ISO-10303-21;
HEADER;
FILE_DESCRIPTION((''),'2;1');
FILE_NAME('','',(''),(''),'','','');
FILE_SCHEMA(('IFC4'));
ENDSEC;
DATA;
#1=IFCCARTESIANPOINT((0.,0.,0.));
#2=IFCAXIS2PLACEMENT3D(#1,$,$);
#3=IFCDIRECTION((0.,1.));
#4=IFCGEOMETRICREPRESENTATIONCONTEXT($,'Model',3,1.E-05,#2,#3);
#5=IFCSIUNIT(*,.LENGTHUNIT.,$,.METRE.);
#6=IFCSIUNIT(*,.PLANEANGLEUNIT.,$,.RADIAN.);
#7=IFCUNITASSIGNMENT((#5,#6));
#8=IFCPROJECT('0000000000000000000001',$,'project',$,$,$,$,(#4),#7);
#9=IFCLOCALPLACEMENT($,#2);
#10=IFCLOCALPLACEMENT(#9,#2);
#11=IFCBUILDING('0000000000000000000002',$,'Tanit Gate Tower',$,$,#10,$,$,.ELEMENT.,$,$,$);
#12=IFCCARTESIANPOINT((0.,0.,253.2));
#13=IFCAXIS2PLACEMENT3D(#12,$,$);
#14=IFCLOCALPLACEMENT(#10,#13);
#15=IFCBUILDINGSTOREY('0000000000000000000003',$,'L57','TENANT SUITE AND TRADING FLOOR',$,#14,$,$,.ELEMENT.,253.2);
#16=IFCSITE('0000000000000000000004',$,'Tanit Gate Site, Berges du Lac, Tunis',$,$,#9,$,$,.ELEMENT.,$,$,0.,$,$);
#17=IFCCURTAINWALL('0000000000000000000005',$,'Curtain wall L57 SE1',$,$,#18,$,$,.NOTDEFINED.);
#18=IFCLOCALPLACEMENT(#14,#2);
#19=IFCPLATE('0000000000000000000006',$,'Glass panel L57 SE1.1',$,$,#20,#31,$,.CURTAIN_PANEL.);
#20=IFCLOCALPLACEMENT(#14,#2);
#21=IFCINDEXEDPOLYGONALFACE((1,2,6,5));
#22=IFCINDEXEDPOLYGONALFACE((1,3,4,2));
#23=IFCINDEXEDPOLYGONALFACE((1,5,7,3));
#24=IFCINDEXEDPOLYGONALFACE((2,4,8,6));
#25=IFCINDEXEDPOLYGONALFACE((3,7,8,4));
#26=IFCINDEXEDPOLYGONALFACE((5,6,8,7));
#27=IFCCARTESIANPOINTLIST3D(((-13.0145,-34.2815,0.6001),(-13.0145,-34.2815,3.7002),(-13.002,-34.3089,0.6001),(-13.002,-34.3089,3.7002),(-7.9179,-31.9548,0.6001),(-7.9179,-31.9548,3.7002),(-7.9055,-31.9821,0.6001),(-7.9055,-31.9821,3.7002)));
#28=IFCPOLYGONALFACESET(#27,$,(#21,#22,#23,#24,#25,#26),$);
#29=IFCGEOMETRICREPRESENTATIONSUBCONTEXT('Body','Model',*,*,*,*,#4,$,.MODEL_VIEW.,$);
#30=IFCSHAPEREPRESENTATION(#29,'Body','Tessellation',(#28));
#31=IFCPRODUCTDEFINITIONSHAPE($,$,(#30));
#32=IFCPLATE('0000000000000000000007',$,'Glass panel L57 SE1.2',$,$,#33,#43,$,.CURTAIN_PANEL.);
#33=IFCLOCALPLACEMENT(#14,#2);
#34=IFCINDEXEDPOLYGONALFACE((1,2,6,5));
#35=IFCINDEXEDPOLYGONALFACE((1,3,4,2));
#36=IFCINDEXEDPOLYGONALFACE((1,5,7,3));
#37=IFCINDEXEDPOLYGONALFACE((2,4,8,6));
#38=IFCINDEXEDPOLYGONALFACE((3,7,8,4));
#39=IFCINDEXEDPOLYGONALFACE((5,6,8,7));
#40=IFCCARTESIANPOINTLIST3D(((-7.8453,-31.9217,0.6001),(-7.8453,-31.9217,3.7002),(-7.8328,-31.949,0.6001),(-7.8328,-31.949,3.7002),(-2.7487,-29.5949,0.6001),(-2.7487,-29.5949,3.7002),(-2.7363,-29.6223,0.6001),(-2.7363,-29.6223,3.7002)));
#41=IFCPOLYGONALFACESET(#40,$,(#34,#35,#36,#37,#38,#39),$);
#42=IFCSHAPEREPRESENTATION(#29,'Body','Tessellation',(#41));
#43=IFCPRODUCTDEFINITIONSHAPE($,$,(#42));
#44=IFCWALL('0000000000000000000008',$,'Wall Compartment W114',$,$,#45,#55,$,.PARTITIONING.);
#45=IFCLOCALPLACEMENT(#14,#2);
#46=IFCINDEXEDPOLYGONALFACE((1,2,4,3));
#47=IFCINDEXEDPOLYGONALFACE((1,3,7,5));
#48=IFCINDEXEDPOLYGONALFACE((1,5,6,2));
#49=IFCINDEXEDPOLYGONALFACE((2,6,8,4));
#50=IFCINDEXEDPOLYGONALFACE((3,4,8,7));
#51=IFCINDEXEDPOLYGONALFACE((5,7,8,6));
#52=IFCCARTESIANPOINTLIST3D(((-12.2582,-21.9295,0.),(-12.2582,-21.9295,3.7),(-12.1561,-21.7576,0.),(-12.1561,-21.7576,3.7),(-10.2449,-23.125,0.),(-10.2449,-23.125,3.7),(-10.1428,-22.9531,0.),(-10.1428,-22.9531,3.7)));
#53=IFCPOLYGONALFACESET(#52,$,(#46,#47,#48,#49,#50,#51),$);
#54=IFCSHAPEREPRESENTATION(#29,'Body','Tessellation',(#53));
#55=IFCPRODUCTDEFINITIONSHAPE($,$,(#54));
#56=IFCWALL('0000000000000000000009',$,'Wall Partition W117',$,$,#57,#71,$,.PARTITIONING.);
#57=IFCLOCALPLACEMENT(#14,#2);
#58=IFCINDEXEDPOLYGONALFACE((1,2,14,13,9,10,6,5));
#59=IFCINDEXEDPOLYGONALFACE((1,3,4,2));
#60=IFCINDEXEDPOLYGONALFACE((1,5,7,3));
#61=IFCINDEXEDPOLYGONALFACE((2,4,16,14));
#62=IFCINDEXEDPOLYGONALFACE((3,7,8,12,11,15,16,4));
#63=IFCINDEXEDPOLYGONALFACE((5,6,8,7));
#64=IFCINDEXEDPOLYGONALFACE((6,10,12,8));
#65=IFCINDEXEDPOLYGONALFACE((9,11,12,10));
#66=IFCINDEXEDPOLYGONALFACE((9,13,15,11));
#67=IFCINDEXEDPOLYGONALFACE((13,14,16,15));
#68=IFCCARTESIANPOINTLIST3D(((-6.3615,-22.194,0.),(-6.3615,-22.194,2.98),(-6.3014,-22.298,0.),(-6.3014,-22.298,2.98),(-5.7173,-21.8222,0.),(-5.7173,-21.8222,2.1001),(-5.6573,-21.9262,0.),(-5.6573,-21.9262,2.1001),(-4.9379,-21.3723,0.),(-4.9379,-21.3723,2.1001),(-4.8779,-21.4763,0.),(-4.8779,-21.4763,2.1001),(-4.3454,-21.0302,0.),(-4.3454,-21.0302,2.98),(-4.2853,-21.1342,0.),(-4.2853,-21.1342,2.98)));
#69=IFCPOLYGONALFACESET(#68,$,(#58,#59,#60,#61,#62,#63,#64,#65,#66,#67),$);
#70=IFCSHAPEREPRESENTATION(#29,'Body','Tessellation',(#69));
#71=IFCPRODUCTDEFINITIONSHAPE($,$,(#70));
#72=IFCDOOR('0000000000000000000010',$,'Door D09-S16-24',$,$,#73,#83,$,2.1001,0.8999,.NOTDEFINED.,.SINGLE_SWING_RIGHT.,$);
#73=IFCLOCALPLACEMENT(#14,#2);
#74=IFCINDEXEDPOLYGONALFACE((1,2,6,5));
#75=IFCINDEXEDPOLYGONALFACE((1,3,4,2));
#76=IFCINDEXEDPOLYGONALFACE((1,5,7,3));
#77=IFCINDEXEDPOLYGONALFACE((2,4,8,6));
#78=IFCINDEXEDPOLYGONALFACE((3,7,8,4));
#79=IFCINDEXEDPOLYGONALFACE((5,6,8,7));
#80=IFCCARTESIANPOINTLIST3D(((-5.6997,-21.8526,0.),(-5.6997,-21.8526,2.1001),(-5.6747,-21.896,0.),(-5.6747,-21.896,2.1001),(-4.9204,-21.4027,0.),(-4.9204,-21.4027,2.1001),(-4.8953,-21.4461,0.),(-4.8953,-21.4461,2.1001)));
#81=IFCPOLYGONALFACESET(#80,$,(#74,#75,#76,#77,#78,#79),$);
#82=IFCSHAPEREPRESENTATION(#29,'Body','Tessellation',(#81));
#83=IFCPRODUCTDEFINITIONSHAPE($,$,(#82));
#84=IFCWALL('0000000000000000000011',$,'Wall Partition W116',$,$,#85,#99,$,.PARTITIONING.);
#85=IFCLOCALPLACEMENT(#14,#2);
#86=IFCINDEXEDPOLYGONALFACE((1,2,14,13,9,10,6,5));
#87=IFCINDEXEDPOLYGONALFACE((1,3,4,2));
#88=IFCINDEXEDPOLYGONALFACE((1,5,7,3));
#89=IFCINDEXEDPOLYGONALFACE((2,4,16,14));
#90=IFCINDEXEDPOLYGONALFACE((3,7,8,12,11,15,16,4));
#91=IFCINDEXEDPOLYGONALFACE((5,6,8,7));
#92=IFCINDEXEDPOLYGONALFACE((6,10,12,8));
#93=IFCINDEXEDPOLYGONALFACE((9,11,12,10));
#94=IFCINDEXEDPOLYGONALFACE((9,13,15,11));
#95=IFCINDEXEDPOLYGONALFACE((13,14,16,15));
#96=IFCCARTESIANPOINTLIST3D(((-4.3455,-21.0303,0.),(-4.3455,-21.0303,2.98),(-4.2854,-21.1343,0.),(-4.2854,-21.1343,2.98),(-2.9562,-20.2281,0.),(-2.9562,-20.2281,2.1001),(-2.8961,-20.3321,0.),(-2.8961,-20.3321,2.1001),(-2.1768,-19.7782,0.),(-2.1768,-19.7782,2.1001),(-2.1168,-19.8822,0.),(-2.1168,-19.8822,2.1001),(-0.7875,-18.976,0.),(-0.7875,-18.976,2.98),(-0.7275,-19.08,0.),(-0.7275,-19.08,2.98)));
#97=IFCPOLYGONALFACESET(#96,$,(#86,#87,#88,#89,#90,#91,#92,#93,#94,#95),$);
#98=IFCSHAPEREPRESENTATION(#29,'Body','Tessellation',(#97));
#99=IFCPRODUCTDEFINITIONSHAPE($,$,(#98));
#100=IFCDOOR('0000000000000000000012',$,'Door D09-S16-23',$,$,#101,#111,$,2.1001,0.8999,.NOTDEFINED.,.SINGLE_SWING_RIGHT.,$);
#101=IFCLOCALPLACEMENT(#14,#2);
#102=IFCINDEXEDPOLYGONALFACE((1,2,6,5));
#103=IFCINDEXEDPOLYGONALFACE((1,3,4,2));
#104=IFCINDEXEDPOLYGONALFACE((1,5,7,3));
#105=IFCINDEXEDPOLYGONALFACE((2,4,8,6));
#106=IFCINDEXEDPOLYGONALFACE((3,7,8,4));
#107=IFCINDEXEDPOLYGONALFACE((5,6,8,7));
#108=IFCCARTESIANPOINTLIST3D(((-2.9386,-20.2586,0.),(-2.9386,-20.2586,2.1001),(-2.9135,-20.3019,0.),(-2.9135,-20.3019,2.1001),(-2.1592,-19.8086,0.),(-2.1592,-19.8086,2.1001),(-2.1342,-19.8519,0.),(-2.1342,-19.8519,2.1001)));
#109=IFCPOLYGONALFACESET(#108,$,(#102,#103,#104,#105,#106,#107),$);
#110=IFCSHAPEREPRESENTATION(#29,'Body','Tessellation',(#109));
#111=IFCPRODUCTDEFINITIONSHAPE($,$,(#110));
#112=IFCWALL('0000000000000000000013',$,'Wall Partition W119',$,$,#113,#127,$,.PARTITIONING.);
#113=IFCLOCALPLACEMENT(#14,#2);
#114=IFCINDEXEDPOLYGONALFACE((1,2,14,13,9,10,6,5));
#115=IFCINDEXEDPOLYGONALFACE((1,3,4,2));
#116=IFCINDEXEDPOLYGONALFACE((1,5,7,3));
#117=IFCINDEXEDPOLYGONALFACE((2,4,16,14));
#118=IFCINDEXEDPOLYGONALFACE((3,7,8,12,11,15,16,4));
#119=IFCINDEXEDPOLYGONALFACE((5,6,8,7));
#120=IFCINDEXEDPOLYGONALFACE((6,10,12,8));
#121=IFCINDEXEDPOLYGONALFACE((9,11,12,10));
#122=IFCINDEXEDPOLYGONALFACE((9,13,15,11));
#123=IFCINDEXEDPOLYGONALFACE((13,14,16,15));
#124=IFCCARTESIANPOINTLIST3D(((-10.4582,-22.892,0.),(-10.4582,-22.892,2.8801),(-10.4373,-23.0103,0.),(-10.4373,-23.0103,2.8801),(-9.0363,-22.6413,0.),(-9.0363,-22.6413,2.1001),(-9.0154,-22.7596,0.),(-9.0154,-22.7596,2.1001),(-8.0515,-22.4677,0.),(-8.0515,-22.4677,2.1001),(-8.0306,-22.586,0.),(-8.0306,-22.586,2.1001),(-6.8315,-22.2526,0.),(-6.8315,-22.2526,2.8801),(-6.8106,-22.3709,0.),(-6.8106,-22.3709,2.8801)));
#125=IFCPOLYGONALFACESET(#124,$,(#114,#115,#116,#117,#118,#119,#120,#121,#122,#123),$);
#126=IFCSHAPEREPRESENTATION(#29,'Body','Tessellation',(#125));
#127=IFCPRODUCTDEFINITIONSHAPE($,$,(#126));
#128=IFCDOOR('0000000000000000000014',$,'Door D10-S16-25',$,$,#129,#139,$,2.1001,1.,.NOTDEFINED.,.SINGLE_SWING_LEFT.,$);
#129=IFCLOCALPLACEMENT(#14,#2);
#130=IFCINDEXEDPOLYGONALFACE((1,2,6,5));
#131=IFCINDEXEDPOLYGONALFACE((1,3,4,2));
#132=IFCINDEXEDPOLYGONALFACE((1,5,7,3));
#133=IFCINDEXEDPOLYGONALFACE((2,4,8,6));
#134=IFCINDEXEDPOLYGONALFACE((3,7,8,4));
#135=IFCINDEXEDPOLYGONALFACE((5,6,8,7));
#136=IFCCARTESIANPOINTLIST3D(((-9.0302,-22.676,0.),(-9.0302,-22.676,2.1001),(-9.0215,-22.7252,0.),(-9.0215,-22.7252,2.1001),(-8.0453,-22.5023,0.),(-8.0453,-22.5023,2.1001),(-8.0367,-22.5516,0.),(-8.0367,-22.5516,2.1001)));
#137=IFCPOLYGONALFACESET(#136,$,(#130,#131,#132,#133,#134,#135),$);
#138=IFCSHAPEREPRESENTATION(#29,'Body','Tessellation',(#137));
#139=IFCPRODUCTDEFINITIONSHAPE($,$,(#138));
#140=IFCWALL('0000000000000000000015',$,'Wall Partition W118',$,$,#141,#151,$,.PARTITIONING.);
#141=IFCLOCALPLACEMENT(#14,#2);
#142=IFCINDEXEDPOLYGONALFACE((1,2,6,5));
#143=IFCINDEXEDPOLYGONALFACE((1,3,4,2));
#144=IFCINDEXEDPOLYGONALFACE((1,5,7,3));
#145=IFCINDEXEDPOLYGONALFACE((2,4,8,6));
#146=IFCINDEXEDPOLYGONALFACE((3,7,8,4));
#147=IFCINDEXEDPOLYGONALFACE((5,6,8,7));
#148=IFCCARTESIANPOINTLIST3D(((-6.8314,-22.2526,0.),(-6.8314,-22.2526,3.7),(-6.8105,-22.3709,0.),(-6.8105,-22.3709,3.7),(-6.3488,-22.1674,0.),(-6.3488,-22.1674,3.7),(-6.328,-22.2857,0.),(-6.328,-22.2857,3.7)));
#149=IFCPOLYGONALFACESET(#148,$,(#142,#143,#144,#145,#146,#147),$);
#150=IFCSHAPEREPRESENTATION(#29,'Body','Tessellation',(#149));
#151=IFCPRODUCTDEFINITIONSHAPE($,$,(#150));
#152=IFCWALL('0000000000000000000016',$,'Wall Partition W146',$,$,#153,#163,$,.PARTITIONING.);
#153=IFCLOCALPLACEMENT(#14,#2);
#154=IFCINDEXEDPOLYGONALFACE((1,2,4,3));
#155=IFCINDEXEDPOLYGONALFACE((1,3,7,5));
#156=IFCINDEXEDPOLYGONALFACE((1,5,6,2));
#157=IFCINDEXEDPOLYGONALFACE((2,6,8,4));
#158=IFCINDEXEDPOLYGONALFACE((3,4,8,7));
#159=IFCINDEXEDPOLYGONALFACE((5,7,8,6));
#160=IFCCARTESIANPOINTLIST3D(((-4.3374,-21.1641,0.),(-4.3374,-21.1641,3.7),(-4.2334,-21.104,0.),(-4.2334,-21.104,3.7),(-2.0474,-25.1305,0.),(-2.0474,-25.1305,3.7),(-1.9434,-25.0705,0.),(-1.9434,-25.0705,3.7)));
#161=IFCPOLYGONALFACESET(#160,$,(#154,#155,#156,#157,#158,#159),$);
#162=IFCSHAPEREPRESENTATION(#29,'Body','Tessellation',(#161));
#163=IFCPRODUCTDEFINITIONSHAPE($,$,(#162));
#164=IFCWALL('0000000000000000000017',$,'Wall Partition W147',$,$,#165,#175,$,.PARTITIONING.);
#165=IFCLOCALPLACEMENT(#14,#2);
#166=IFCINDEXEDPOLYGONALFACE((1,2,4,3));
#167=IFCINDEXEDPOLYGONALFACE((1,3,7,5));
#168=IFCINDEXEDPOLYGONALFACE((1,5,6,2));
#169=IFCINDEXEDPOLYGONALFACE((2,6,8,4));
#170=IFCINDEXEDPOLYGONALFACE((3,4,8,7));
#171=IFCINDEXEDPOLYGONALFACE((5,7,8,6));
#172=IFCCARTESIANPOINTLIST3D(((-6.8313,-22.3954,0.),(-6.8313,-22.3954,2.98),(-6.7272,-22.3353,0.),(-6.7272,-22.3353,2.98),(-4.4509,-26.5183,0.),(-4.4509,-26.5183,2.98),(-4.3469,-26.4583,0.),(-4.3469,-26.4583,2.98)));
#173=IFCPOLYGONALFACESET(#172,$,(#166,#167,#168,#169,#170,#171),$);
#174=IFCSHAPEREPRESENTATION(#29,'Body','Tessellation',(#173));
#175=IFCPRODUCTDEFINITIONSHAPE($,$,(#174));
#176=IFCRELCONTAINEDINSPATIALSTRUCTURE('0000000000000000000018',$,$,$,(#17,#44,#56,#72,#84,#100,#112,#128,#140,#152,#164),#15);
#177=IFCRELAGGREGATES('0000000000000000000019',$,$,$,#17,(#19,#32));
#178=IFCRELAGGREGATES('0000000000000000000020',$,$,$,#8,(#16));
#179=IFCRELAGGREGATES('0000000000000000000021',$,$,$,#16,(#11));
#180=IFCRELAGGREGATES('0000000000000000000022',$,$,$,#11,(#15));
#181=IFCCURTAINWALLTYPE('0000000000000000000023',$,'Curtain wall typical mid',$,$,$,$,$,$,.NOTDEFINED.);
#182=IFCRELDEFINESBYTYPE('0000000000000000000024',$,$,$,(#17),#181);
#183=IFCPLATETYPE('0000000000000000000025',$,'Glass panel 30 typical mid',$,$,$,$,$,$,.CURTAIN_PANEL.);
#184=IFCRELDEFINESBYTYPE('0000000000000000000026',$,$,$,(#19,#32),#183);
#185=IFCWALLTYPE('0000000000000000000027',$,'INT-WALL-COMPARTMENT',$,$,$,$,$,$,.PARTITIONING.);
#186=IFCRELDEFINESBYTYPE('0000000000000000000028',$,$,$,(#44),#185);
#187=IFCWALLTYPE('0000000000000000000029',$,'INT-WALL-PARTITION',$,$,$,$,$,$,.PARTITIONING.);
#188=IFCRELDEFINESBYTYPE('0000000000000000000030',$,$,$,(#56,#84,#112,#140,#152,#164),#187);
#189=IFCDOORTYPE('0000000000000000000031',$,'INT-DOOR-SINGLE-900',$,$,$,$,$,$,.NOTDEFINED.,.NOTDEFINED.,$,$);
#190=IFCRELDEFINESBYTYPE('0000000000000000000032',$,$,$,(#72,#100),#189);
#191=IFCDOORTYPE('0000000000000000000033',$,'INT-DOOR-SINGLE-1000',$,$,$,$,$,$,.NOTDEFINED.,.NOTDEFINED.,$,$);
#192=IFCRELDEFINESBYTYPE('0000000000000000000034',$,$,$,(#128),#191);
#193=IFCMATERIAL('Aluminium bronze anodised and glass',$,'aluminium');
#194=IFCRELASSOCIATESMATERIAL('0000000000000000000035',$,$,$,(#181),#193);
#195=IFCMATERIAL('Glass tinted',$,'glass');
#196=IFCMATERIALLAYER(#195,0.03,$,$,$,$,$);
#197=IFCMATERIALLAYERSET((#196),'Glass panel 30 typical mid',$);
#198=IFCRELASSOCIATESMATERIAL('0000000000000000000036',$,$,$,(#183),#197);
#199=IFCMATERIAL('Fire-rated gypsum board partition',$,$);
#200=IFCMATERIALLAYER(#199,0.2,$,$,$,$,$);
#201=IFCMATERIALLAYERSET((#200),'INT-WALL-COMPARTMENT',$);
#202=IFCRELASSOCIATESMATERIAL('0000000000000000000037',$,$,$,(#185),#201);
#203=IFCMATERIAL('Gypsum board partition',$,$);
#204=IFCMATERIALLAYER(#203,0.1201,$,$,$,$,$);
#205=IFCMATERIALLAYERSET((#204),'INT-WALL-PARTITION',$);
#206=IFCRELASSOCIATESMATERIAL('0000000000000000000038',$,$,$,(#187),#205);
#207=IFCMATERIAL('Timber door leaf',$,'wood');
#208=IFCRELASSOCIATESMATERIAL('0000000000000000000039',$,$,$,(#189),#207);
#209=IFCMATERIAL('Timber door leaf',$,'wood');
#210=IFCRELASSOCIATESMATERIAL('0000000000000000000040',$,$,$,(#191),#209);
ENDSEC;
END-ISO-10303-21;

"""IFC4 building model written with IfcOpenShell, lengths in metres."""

from ifc_helpers import new_model, si_unit, direction, frame, frame_2d, origin, origin_2d, place, context, subcontext, project, spatial, rectangle, extrude, material, layer, layer_set, type_object, element, fill, aggregate, save


model = new_model("IFC4")

# Units and contexts
model_context = context("Model", 3, precision=1e-05, world=origin(), true_north=direction((0.0, 1.0)))
body_context = subcontext(model_context, "Body", "Model", "MODEL_VIEW")
ifc_project = project(units=[si_unit("LENGTHUNIT", "METRE"), si_unit("PLANEANGLEUNIT", "RADIAN")], contexts=[model_context])

# Site, building, storey
site_placement = place(None, origin())
site = spatial("IfcSite", under=ifc_project, at=site_placement, Name="Tanit Gate Site, Berges du Lac, Tunis", CompositionType="ELEMENT", RefElevation=0.0)
building_placement = place(site_placement, origin())
building = spatial("IfcBuilding", under=site, at=building_placement, Name="Tanit Gate Tower", CompositionType="ELEMENT")
storey_placement = place(building_placement, frame((0.0, 0.0, 253.2)))
storey = spatial("IfcBuildingStorey", under=building, at=storey_placement, Name="L57", Description="TENANT SUITE AND TRADING FLOOR", CompositionType="ELEMENT", Elevation=253.2)

# Curtain wall
ifc_material_1 = material(Name="Aluminium bronze anodised and glass", Category="aluminium")
curtain_wall_type = type_object("IfcCurtainWallType", Name="Curtain wall typical mid", PredefinedType="NOTDEFINED", material=ifc_material_1)
curtain_wall_1_placement = place(storey_placement, origin())
curtain_wall_1 = element("IfcCurtainWall", 1, at=curtain_wall_1_placement, inside=storey, type_object=curtain_wall_type, Name="Curtain wall L57 SE1", PredefinedType="NOTDEFINED")

# Plates
ifc_material_2 = material(Name="Glass tinted", Category="glass")
ifc_layer_1 = layer(ifc_material_2, 0.03)
ifc_layer_set_1 = layer_set([ifc_layer_1], Name="Glass panel 30 typical mid")
plate_type = type_object("IfcPlateType", Name="Glass panel 30 typical mid", PredefinedType="CURTAIN_PANEL", material=ifc_layer_set_1)
plate_1_placement = place(storey_placement, frame((-10.46, -33.1318, 0.6001), z_axis=(0.0, 0.0, 1.0), x_axis=(0.909685, 0.4153, 0.0)))
plate_1 = element("IfcPlate", 2, at=plate_1_placement, type_object=plate_type, Name="Glass panel L57 SE1.1", PredefinedType="CURTAIN_PANEL", context=body_context, shape_type="SweptSolid", body=[
    extrude(rectangle(XDim=5.6025, YDim=0.03, at=origin_2d()), origin(), (0.0, 0.0, 1.0), 3.1001),
])
plate_2_placement = place(storey_placement, frame((-5.2908, -30.772, 0.6001), z_axis=(0.0, 0.0, 1.0), x_axis=(0.909685, 0.4153, 0.0)))
plate_2 = element("IfcPlate", 3, at=plate_2_placement, type_object=plate_type, Name="Glass panel L57 SE1.2", PredefinedType="CURTAIN_PANEL", context=body_context, shape_type="SweptSolid", body=[
    extrude(rectangle(XDim=5.6025, YDim=0.03, at=origin_2d()), origin(), (0.0, 0.0, 1.0), 3.1001),
])
aggregate(curtain_wall_1, [plate_1, plate_2])

# Wall
ifc_material_3 = material(Name="Fire-rated gypsum board partition")
ifc_layer_2 = layer(ifc_material_3, 0.2)
ifc_layer_set_2 = layer_set([ifc_layer_2], Name="INT-WALL-COMPARTMENT")
wall_type_1 = type_object("IfcWallType", Name="INT-WALL-COMPARTMENT", PredefinedType="PARTITIONING", material=ifc_layer_set_2)
wall_1_placement = place(storey_placement, frame((-12.2073, -21.8435, 0.0), z_axis=(0.0, 0.0, 1.0), x_axis=(0.859839, -0.510565, 0.0)))
element("IfcWall", 4, at=wall_1_placement, inside=storey, type_object=wall_type_1, Name="Wall Compartment W114", PredefinedType="PARTITIONING", context=body_context, shape_type="SweptSolid", body=[
    extrude(rectangle(XDim=2.3416, YDim=0.2, at=frame_2d((1.1709, 0.0))), origin(), (0.0, 0.0, 1.0), 3.7),
])

# Walls, openings, doors
ifc_material_4 = material(Name="Gypsum board partition")
ifc_layer_3 = layer(ifc_material_4, 0.1201)
ifc_layer_set_3 = layer_set([ifc_layer_3], Name="INT-WALL-PARTITION")
wall_type_2 = type_object("IfcWallType", Name="INT-WALL-PARTITION", PredefinedType="PARTITIONING", material=ifc_layer_set_3)
wall_2_placement = place(storey_placement, frame((-6.3315, -22.2461, 0.0), z_axis=(0.0, 0.0, 1.0), x_axis=(0.86606, 0.49994, 0.0)))
wall_2 = element("IfcWall", 5, at=wall_2_placement, inside=storey, type_object=wall_type_2, Name="Wall Partition W117", PredefinedType="PARTITIONING", context=body_context, shape_type="SweptSolid", body=[
    extrude(rectangle(XDim=2.3279, YDim=0.1201, at=frame_2d((1.1641, 0.0))), origin(), (0.0, 0.0, 1.0), 2.98),
])
opening_1_placement = place(wall_2_placement, frame((0.7439, 0.0, 0.0)))
opening_1 = element("IfcOpeningElement", 6, at=opening_1_placement, cuts=wall_2, PredefinedType="OPENING", context=body_context, shape_type="SweptSolid", body=[
    extrude(rectangle(XDim=0.8999, YDim=2.1001, at=frame_2d((0.45, 1.05))), frame((0.0, 0.0701, 0.0), z_axis=(0.0, -1.0, 0.0), x_axis=(1.0, 0.0, 0.0)), (0.0, 0.0, 1.0), 0.1401),
])
ifc_material_5 = material(Name="Timber door leaf", Category="wood")
door_type_1 = type_object("IfcDoorType", Name="INT-DOOR-SINGLE-900", OperationType="NOTDEFINED", PredefinedType="NOTDEFINED", material=ifc_material_5)
door_1_placement = place(opening_1_placement, origin())
door_1 = element("IfcDoor", 7, at=door_1_placement, inside=storey, type_object=door_type_1, Name="Door D09-S16-24", OperationType="SINGLE_SWING_RIGHT", OverallHeight=2.1001, OverallWidth=0.8999, PredefinedType="NOTDEFINED", context=body_context, shape_type="SweptSolid", body=[
    extrude(rectangle(XDim=0.8999, YDim=2.1001, at=frame_2d((0.45, 1.05))), frame((0.0, 0.0249, 0.0), z_axis=(0.0, -1.0, 0.0), x_axis=(1.0, 0.0, 0.0)), (0.0, 0.0, 1.0), 0.05),
])
fill(opening_1, door_1)
wall_3_placement = place(storey_placement, frame((-4.3154, -21.0823, 0.0), z_axis=(0.0, 0.0, 1.0), x_axis=(0.866018, 0.500012, 0.0)))
wall_3 = element("IfcWall", 8, at=wall_3_placement, inside=storey, type_object=wall_type_2, Name="Wall Partition W116", PredefinedType="PARTITIONING", context=body_context, shape_type="SweptSolid", body=[
    extrude(rectangle(XDim=4.1084, YDim=0.1201, at=frame_2d((2.0542, 0.0))), origin(), (0.0, 0.0, 1.0), 2.98),
])
opening_2_placement = place(wall_3_placement, frame((1.6042, 0.0, 0.0)))
opening_2 = element("IfcOpeningElement", 9, at=opening_2_placement, cuts=wall_3, PredefinedType="OPENING", context=body_context, shape_type="SweptSolid", body=[
    extrude(rectangle(XDim=0.8999, YDim=2.1001, at=frame_2d((0.45, 1.05))), frame((0.0, 0.0701, 0.0), z_axis=(0.0, -1.0, 0.0), x_axis=(1.0, 0.0, 0.0)), (0.0, 0.0, 1.0), 0.1401),
])
door_2_placement = place(opening_2_placement, origin())
door_2 = element("IfcDoor", 10, at=door_2_placement, inside=storey, type_object=door_type_1, Name="Door D09-S16-23", OperationType="SINGLE_SWING_RIGHT", OverallHeight=2.1001, OverallWidth=0.8999, PredefinedType="NOTDEFINED", context=body_context, shape_type="SweptSolid", body=[
    extrude(rectangle(XDim=0.8999, YDim=2.1001, at=frame_2d((0.45, 1.05))), frame((0.0, 0.0249, 0.0), z_axis=(0.0, -1.0, 0.0), x_axis=(1.0, 0.0, 0.0)), (0.0, 0.0, 1.0), 0.05),
])
fill(opening_2, door_2)
wall_4_placement = place(storey_placement, frame((-10.4478, -22.9512, 0.0), z_axis=(0.0, 0.0, 1.0), x_axis=(0.984812, 0.173626, 0.0)))
wall_4 = element("IfcWall", 11, at=wall_4_placement, inside=storey, type_object=wall_type_2, Name="Wall Partition W119", PredefinedType="PARTITIONING", context=body_context, shape_type="SweptSolid", body=[
    extrude(rectangle(XDim=3.6826, YDim=0.1201, at=frame_2d((1.8413, 0.0))), origin(), (0.0, 0.0, 1.0), 2.8801),
])
opening_3_placement = place(wall_4_placement, frame((1.4438, 0.0, 0.0)))
opening_3 = element("IfcOpeningElement", 12, at=opening_3_placement, cuts=wall_4, PredefinedType="OPENING", context=body_context, shape_type="SweptSolid", body=[
    extrude(rectangle(XDim=1.0, YDim=2.1001, at=frame_2d((0.5, 1.05))), frame((0.0, 0.0701, 0.0), z_axis=(0.0, -1.0, 0.0), x_axis=(1.0, 0.0, 0.0)), (0.0, 0.0, 1.0), 0.1401),
])
ifc_material_6 = material(Name="Timber door leaf", Category="wood")
door_type_2 = type_object("IfcDoorType", Name="INT-DOOR-SINGLE-1000", OperationType="NOTDEFINED", PredefinedType="NOTDEFINED", material=ifc_material_6)
door_3_placement = place(opening_3_placement, origin())
door_3 = element("IfcDoor", 13, at=door_3_placement, inside=storey, type_object=door_type_2, Name="Door D10-S16-25", OperationType="SINGLE_SWING_LEFT", OverallHeight=2.1001, OverallWidth=1.0, PredefinedType="NOTDEFINED", context=body_context, shape_type="SweptSolid", body=[
    extrude(rectangle(XDim=1.0, YDim=2.1001, at=frame_2d((0.5, 1.05))), frame((0.0, 0.0249, 0.0), z_axis=(0.0, -1.0, 0.0), x_axis=(1.0, 0.0, 0.0)), (0.0, 0.0, 1.0), 0.05),
])
fill(opening_3, door_3)

# Walls
wall_5_placement = place(storey_placement, frame((-6.821, -22.3118, 0.0), z_axis=(0.0, 0.0, 1.0), x_axis=(0.984758, 0.173927, 0.0)))
element("IfcWall", 14, at=wall_5_placement, inside=storey, type_object=wall_type_2, Name="Wall Partition W118", PredefinedType="PARTITIONING", context=body_context, shape_type="SweptSolid", body=[
    extrude(rectangle(XDim=0.49, YDim=0.1201, at=frame_2d((0.2451, 0.0))), origin(), (0.0, 0.0, 1.0), 3.7),
])
wall_6_placement = place(storey_placement, frame((-4.2854, -21.134, 0.0), z_axis=(0.0, 0.0, 1.0), x_axis=(0.499992, -0.86603, 0.0)))
element("IfcWall", 15, at=wall_6_placement, inside=storey, type_object=wall_type_2, Name="Wall Partition W146", PredefinedType="PARTITIONING", context=body_context, shape_type="SweptSolid", body=[
    extrude(rectangle(XDim=4.5801, YDim=0.1201, at=frame_2d((2.29, 0.0))), origin(), (0.0, 0.0, 1.0), 3.7),
])
wall_7_placement = place(storey_placement, frame((-4.3989, -26.4883, 0.0), z_axis=(0.0, 0.0, 1.0), x_axis=(-0.499989, 0.866032, 0.0)))
element("IfcWall", 16, at=wall_7_placement, inside=storey, type_object=wall_type_2, Name="Wall Partition W147", PredefinedType="PARTITIONING", context=body_context, shape_type="SweptSolid", body=[
    extrude(rectangle(XDim=4.7607, YDim=0.1201, at=frame_2d((2.3804, 0.0))), origin(), (0.0, 0.0, 1.0), 2.98),
])

save(model, "model.ifc")
